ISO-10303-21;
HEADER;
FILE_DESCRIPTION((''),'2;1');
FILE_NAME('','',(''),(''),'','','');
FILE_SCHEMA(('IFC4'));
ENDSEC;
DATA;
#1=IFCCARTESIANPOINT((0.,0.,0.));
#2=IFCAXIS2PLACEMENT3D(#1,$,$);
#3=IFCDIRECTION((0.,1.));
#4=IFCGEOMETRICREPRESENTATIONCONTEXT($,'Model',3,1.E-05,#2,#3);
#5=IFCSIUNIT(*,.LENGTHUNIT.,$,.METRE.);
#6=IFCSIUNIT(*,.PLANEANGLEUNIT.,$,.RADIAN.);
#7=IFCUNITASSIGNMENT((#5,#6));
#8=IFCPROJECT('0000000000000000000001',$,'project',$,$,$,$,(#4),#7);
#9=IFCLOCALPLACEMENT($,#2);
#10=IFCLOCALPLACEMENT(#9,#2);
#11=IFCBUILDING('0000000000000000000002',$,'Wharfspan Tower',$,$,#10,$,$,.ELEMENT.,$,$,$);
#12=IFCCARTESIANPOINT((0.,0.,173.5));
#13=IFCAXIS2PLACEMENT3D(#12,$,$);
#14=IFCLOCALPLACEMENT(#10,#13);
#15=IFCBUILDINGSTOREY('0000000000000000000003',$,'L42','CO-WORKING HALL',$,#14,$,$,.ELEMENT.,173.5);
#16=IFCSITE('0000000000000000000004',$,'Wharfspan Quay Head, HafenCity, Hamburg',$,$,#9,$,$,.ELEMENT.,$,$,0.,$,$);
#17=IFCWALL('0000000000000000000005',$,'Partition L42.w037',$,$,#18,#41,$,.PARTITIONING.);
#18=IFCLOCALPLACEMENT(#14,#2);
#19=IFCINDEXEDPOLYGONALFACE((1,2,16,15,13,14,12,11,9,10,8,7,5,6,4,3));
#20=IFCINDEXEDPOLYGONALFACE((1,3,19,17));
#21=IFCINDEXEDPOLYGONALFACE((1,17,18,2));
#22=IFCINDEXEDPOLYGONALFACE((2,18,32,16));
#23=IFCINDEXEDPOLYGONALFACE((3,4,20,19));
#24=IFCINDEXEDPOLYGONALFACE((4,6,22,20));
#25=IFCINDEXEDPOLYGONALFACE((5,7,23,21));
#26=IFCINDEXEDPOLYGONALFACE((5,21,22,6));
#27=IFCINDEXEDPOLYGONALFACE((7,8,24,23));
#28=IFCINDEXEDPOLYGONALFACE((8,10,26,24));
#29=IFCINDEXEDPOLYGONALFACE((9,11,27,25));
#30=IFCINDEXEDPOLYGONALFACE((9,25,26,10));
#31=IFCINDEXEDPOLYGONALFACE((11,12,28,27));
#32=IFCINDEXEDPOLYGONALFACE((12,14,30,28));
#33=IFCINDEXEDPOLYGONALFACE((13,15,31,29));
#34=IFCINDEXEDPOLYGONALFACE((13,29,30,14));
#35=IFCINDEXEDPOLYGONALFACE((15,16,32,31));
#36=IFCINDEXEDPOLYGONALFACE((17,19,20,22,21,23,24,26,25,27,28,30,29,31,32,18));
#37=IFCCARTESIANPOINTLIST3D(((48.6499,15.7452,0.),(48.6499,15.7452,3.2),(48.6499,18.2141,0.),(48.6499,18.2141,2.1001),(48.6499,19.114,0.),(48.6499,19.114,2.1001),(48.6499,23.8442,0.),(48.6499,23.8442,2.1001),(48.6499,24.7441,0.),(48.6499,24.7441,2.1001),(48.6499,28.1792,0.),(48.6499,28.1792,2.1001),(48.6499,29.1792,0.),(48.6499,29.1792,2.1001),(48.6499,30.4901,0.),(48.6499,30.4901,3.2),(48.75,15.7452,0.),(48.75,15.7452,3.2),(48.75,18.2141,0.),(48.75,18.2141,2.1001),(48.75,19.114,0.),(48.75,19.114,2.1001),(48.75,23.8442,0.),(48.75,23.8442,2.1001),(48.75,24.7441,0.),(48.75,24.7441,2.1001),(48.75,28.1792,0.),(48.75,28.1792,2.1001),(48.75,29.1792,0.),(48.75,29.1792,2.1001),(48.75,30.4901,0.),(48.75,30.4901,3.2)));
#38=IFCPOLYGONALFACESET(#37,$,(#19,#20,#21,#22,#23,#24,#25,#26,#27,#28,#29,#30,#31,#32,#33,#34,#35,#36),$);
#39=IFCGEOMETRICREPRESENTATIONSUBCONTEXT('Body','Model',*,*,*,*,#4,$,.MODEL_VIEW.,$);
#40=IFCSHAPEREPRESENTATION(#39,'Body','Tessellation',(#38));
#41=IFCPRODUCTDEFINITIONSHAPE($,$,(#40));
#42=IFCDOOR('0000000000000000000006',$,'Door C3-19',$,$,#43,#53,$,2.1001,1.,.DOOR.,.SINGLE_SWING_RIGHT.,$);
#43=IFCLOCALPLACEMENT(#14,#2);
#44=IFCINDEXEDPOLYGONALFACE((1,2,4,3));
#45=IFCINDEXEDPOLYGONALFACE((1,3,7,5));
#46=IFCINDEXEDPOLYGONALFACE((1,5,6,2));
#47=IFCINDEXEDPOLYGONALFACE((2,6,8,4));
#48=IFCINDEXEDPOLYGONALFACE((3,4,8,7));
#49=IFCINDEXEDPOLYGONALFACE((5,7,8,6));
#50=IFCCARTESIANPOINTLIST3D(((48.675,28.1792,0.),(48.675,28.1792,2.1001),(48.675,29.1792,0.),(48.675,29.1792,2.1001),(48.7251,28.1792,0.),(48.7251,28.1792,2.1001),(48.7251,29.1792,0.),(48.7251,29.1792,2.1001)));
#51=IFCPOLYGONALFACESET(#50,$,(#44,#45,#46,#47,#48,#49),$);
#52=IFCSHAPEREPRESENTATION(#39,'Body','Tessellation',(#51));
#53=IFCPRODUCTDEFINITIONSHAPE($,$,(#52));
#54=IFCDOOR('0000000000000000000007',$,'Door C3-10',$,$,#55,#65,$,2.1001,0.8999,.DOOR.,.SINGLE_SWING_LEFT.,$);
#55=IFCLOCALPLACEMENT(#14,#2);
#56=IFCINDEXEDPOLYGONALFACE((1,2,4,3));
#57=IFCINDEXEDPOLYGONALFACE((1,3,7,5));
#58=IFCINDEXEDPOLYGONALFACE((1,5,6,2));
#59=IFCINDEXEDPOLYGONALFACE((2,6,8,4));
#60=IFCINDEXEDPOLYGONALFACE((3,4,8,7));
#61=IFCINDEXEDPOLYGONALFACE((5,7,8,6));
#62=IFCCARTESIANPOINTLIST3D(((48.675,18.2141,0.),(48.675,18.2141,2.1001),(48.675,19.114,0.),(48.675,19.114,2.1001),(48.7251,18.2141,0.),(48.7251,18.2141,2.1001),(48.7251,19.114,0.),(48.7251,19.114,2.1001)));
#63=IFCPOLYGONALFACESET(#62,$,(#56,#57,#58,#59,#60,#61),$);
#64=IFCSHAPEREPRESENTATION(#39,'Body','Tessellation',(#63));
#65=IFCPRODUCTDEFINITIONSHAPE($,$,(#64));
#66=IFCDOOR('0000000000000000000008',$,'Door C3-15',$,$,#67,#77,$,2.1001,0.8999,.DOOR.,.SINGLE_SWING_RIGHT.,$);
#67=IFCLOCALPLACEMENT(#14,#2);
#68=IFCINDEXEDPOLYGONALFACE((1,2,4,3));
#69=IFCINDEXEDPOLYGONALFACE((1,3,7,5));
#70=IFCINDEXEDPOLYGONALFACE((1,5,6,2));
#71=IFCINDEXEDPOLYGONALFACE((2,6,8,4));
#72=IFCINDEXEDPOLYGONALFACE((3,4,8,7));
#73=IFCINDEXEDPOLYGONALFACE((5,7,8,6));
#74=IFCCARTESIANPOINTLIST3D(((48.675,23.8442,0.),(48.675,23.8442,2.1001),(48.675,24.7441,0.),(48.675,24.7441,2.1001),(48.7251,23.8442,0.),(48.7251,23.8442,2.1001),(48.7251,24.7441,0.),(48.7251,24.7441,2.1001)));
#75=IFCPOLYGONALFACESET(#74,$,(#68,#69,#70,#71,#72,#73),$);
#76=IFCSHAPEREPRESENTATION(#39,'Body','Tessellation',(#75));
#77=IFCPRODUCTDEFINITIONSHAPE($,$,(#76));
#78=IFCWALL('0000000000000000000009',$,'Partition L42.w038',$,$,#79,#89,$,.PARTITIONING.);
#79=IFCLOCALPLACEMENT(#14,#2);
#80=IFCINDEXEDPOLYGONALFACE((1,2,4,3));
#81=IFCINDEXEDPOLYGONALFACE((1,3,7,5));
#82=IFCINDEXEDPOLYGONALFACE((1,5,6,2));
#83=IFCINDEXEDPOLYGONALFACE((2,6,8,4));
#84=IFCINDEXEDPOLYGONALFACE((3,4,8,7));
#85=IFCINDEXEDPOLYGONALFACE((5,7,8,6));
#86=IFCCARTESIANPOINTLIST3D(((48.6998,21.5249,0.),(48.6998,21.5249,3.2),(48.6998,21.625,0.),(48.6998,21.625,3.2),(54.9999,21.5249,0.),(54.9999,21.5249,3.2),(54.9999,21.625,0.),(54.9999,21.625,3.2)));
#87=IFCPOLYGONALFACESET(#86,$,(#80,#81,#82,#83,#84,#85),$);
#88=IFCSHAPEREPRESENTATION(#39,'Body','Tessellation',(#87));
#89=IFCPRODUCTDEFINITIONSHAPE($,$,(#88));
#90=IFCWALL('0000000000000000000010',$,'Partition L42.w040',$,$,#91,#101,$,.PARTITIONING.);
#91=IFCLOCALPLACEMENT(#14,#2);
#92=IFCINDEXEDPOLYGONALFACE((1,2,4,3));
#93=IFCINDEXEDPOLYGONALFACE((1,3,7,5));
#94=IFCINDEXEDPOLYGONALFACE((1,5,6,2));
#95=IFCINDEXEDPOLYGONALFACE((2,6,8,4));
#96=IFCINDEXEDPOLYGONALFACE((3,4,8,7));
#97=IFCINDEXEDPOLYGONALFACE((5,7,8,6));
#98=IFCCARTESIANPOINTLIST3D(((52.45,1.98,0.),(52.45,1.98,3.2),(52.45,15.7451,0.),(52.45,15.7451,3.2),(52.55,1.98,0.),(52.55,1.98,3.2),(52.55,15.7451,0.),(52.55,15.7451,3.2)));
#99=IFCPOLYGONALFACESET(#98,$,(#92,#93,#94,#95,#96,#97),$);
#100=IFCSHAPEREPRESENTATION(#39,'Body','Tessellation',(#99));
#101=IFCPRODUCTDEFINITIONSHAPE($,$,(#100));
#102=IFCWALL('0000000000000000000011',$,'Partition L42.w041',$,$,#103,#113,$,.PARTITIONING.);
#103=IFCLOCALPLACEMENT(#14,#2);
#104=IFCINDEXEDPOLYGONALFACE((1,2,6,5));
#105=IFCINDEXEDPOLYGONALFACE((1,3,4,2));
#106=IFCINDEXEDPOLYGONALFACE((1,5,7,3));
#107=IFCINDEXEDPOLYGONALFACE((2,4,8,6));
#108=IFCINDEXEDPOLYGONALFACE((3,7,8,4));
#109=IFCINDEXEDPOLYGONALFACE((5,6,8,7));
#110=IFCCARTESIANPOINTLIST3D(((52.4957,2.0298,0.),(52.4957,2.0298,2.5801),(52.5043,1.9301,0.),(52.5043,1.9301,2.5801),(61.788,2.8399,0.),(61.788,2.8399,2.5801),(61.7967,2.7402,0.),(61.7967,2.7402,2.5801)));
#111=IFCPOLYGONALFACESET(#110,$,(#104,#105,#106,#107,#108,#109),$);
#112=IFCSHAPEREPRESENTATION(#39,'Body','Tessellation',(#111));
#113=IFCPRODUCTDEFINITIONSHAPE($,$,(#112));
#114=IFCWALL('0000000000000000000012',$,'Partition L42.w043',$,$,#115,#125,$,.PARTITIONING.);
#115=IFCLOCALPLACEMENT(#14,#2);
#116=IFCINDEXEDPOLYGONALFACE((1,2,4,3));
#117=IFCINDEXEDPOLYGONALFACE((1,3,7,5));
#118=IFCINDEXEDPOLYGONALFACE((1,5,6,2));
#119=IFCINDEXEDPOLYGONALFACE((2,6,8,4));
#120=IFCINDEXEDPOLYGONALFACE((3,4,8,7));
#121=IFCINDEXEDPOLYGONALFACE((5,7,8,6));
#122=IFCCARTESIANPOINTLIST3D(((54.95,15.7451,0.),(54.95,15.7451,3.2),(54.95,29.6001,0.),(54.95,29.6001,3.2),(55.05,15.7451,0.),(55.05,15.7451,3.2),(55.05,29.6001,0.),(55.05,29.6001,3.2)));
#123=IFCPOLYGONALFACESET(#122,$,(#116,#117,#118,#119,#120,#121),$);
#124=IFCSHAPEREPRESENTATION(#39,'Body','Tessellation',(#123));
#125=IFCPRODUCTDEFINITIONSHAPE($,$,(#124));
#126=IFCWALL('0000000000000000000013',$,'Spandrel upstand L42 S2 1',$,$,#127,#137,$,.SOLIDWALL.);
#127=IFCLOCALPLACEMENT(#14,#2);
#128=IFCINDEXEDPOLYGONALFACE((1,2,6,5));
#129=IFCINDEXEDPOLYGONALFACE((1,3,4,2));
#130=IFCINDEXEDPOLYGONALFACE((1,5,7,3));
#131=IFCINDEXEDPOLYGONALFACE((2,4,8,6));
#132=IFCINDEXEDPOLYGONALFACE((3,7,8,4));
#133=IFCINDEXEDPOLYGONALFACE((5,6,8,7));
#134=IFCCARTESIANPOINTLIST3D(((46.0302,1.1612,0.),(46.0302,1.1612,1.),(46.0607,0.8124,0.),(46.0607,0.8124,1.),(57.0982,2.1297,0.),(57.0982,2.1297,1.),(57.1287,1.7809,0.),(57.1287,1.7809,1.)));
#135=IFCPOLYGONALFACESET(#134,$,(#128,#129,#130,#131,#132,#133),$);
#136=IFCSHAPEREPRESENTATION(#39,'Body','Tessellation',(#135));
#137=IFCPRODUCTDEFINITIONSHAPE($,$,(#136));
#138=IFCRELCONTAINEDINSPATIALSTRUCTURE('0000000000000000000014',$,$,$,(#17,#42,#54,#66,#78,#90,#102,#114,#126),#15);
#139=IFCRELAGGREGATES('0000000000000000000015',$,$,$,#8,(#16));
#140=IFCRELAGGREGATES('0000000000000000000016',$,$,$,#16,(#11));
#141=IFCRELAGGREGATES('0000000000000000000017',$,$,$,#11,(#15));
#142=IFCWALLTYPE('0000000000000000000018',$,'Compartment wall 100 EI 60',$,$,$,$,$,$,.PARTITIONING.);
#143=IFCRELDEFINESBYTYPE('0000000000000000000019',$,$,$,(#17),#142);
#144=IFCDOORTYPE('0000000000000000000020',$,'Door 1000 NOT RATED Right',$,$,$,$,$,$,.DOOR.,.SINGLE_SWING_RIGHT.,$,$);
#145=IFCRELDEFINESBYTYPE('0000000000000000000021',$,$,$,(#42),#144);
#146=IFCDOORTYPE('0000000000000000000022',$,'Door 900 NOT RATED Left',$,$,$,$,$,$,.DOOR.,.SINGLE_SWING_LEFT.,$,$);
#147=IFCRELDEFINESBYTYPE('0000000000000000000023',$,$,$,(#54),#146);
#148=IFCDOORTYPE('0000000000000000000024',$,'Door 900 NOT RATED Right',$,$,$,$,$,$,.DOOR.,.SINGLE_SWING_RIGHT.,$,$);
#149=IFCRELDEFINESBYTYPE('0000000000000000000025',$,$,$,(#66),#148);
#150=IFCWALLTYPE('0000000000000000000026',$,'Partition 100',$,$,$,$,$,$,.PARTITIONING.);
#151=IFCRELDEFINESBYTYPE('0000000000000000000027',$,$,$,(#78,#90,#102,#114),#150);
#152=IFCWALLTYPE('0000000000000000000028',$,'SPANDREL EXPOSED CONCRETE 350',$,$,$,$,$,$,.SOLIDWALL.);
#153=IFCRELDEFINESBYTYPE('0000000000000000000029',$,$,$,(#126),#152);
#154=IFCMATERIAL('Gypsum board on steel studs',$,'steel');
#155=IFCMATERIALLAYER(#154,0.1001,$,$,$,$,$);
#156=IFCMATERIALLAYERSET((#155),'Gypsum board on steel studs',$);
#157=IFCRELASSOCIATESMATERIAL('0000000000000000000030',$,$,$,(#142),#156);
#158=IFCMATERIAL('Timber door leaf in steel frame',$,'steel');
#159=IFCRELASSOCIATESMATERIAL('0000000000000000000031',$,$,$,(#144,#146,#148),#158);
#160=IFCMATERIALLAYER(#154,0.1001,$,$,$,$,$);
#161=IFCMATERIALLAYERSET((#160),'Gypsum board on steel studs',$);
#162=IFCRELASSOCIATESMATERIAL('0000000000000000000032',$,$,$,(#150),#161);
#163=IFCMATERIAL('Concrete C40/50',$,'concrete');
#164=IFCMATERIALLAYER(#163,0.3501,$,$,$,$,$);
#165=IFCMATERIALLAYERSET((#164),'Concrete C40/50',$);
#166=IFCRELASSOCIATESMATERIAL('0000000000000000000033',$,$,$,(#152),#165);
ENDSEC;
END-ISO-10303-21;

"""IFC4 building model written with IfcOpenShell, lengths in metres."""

from ifc_helpers import new_model, si_unit, direction, frame, frame_2d, origin, place, context, subcontext, project, spatial, rectangle, extrude, material, layer, layer_set, type_object, element, fill, save


model = new_model("IFC4")

# Units and contexts
model_context = context("Model", 3, precision=1e-05, world=origin(), true_north=direction((0.0, 1.0)))
body_context = subcontext(model_context, "Body", "Model", "MODEL_VIEW")
ifc_project = project(units=[si_unit("LENGTHUNIT", "METRE"), si_unit("PLANEANGLEUNIT", "RADIAN")], contexts=[model_context])

# Site, building, storey
site_placement = place(None, origin())
site = spatial("IfcSite", under=ifc_project, at=site_placement, Name="Wharfspan Quay Head, HafenCity, Hamburg", CompositionType="ELEMENT", RefElevation=0.0)
building_placement = place(site_placement, origin())
building = spatial("IfcBuilding", under=site, at=building_placement, Name="Wharfspan Tower", CompositionType="ELEMENT")
storey_placement = place(building_placement, frame((0.0, 0.0, 173.5)))
storey = spatial("IfcBuildingStorey", under=building, at=storey_placement, Name="L42", Description="CO-WORKING HALL", CompositionType="ELEMENT", Elevation=173.5)

# Shared definitions
ifc_material_1 = material(Name="Gypsum board on steel studs", Category="steel")
ifc_layer_1 = layer(ifc_material_1, 0.1001)
ifc_layer_set_1 = layer_set([ifc_layer_1], Name="Gypsum board on steel studs")
wall_type_1 = type_object("IfcWallType", Name="Compartment wall 100 EI 60", PredefinedType="PARTITIONING", material=ifc_layer_set_1)

# Wall, openings, doors
wall_1_placement = place(storey_placement, frame((48.7, 15.7451, 0.0), z_axis=(0.0, 0.0, 1.0), x_axis=(0.0, 1.0, 0.0)))
wall_1 = element("IfcWall", 1, at=wall_1_placement, inside=storey, type_object=wall_type_1, Name="Partition L42.w037", PredefinedType="PARTITIONING", context=body_context, shape_type="SweptSolid", body=[
    extrude(rectangle(XDim=14.7449, YDim=0.1001, at=frame_2d((7.3726, 0.0))), origin(), (0.0, 0.0, 1.0), 3.2),
])
opening_1_placement = place(wall_1_placement, frame((2.469, 0.0, 0.0)))
opening_1 = element("IfcOpeningElement", 2, at=opening_1_placement, cuts=wall_1, PredefinedType="OPENING", context=body_context, shape_type="SweptSolid", body=[
    extrude(rectangle(XDim=0.8999, YDim=2.1001, at=frame_2d((0.45, 1.05))), frame((0.0, 0.0601, 0.0), z_axis=(0.0, -1.0, 0.0), x_axis=(1.0, 0.0, 0.0)), (0.0, 0.0, 1.0), 0.1201),
])
opening_2_placement = place(wall_1_placement, frame((8.0991, 0.0, 0.0)))
opening_2 = element("IfcOpeningElement", 3, at=opening_2_placement, cuts=wall_1, PredefinedType="OPENING", context=body_context, shape_type="SweptSolid", body=[
    extrude(rectangle(XDim=0.8999, YDim=2.1001, at=frame_2d((0.45, 1.05))), frame((0.0, 0.0601, 0.0), z_axis=(0.0, -1.0, 0.0), x_axis=(1.0, 0.0, 0.0)), (0.0, 0.0, 1.0), 0.1201),
])
opening_3_placement = place(wall_1_placement, frame((12.4341, 0.0, 0.0)))
opening_3 = element("IfcOpeningElement", 4, at=opening_3_placement, cuts=wall_1, PredefinedType="OPENING", context=body_context, shape_type="SweptSolid", body=[
    extrude(rectangle(XDim=1.0, YDim=2.1001, at=frame_2d((0.5, 1.05))), frame((0.0, 0.0601, 0.0), z_axis=(0.0, -1.0, 0.0), x_axis=(1.0, 0.0, 0.0)), (0.0, 0.0, 1.0), 0.1201),
])
ifc_material_2 = material(Name="Timber door leaf in steel frame", Category="steel")
door_type_1 = type_object("IfcDoorType", Name="Door 1000 NOT RATED Right", OperationType="SINGLE_SWING_RIGHT", PredefinedType="DOOR", material=ifc_material_2)
door_1_placement = place(opening_3_placement, origin())
door_1 = element("IfcDoor", 5, at=door_1_placement, inside=storey, type_object=door_type_1, Name="Door C3-19", OperationType="SINGLE_SWING_RIGHT", OverallHeight=2.1001, OverallWidth=1.0, PredefinedType="DOOR", context=body_context, shape_type="SweptSolid", body=[
    extrude(rectangle(XDim=1.0, YDim=2.1001, at=frame_2d((0.5, 1.05))), frame((0.0, 0.0249, 0.0), z_axis=(0.0, -1.0, 0.0), x_axis=(1.0, 0.0, 0.0)), (0.0, 0.0, 1.0), 0.05),
])
fill(opening_3, door_1)
door_type_2 = type_object("IfcDoorType", Name="Door 900 NOT RATED Left", OperationType="SINGLE_SWING_LEFT", PredefinedType="DOOR", material=ifc_material_2)
door_2_placement = place(opening_1_placement, origin())
door_2 = element("IfcDoor", 6, at=door_2_placement, inside=storey, type_object=door_type_2, Name="Door C3-10", OperationType="SINGLE_SWING_LEFT", OverallHeight=2.1001, OverallWidth=0.8999, PredefinedType="DOOR", context=body_context, shape_type="SweptSolid", body=[
    extrude(rectangle(XDim=0.8999, YDim=2.1001, at=frame_2d((0.45, 1.05))), frame((0.0, 0.0249, 0.0), z_axis=(0.0, -1.0, 0.0), x_axis=(1.0, 0.0, 0.0)), (0.0, 0.0, 1.0), 0.05),
])
fill(opening_1, door_2)
door_type_3 = type_object("IfcDoorType", Name="Door 900 NOT RATED Right", OperationType="SINGLE_SWING_RIGHT", PredefinedType="DOOR", material=ifc_material_2)
door_3_placement = place(opening_2_placement, origin())
door_3 = element("IfcDoor", 7, at=door_3_placement, inside=storey, type_object=door_type_3, Name="Door C3-15", OperationType="SINGLE_SWING_RIGHT", OverallHeight=2.1001, OverallWidth=0.8999, PredefinedType="DOOR", context=body_context, shape_type="SweptSolid", body=[
    extrude(rectangle(XDim=0.8999, YDim=2.1001, at=frame_2d((0.45, 1.05))), frame((0.0, 0.0249, 0.0), z_axis=(0.0, -1.0, 0.0), x_axis=(1.0, 0.0, 0.0)), (0.0, 0.0, 1.0), 0.05),
])
fill(opening_2, door_3)

# Walls
ifc_layer_2 = layer(ifc_material_1, 0.1001)
ifc_layer_set_2 = layer_set([ifc_layer_2], Name="Gypsum board on steel studs")
wall_type_2 = type_object("IfcWallType", Name="Partition 100", PredefinedType="PARTITIONING", material=ifc_layer_set_2)
wall_2_placement = place(storey_placement, frame((48.7, 21.575, 0.0), z_axis=(0.0, 0.0, 1.0), x_axis=(1.0, 0.0, 0.0)))
element("IfcWall", 8, at=wall_2_placement, inside=storey, type_object=wall_type_2, Name="Partition L42.w038", PredefinedType="PARTITIONING", context=body_context, shape_type="SweptSolid", body=[
    extrude(rectangle(XDim=6.3, YDim=0.1001, at=frame_2d((3.1499, 0.0))), origin(), (0.0, 0.0, 1.0), 3.2),
])
wall_3_placement = place(storey_placement, frame((52.5, 1.98, 0.0), z_axis=(0.0, 0.0, 1.0), x_axis=(0.0, 1.0, 0.0)))
element("IfcWall", 9, at=wall_3_placement, inside=storey, type_object=wall_type_2, Name="Partition L42.w040", PredefinedType="PARTITIONING", context=body_context, shape_type="SweptSolid", body=[
    extrude(rectangle(XDim=13.7651, YDim=0.1001, at=frame_2d((6.8826, 0.0))), origin(), (0.0, 0.0, 1.0), 3.2),
])
wall_4_placement = place(storey_placement, frame((52.5, 1.98, 0.0), z_axis=(0.0, 0.0, 1.0), x_axis=(0.99622, 0.086844, 0.0)))
element("IfcWall", 10, at=wall_4_placement, inside=storey, type_object=wall_type_2, Name="Partition L42.w041", PredefinedType="PARTITIONING", context=body_context, shape_type="SweptSolid", body=[
    extrude(rectangle(XDim=9.3276, YDim=0.1001, at=frame_2d((4.6638, 0.0))), origin(), (0.0, 0.0, 1.0), 2.5801),
])
wall_5_placement = place(storey_placement, frame((55.0, 15.7451, 0.0), z_axis=(0.0, 0.0, 1.0), x_axis=(0.0, 1.0, 0.0)))
element("IfcWall", 11, at=wall_5_placement, inside=storey, type_object=wall_type_2, Name="Partition L42.w043", PredefinedType="PARTITIONING", context=body_context, shape_type="SweptSolid", body=[
    extrude(rectangle(XDim=13.855, YDim=0.1001, at=frame_2d((6.9275, 0.0))), origin(), (0.0, 0.0, 1.0), 3.2),
])
ifc_material_3 = material(Name="Concrete C40/50", Category="concrete")
ifc_layer_3 = layer(ifc_material_3, 0.3501)
ifc_layer_set_3 = layer_set([ifc_layer_3], Name="Concrete C40/50")
wall_type_3 = type_object("IfcWallType", Name="SPANDREL EXPOSED CONCRETE 350", PredefinedType="SOLIDWALL", material=ifc_layer_set_3)
wall_6_placement = place(storey_placement, frame((46.0454, 0.9868, 0.0), z_axis=(0.0, 0.0, 1.0), x_axis=(0.996193, 0.087171, 0.0)))
element("IfcWall", 12, at=wall_6_placement, inside=storey, type_object=wall_type_3, Name="Spandrel upstand L42 S2 1", PredefinedType="SOLIDWALL", context=body_context, shape_type="SweptSolid", body=[
    extrude(rectangle(XDim=11.1104, YDim=0.3501, at=frame_2d((5.5552, 0.0))), origin(), (0.0, 0.0, 1.0), 1.0),
])

save(model, "model.ifc")
